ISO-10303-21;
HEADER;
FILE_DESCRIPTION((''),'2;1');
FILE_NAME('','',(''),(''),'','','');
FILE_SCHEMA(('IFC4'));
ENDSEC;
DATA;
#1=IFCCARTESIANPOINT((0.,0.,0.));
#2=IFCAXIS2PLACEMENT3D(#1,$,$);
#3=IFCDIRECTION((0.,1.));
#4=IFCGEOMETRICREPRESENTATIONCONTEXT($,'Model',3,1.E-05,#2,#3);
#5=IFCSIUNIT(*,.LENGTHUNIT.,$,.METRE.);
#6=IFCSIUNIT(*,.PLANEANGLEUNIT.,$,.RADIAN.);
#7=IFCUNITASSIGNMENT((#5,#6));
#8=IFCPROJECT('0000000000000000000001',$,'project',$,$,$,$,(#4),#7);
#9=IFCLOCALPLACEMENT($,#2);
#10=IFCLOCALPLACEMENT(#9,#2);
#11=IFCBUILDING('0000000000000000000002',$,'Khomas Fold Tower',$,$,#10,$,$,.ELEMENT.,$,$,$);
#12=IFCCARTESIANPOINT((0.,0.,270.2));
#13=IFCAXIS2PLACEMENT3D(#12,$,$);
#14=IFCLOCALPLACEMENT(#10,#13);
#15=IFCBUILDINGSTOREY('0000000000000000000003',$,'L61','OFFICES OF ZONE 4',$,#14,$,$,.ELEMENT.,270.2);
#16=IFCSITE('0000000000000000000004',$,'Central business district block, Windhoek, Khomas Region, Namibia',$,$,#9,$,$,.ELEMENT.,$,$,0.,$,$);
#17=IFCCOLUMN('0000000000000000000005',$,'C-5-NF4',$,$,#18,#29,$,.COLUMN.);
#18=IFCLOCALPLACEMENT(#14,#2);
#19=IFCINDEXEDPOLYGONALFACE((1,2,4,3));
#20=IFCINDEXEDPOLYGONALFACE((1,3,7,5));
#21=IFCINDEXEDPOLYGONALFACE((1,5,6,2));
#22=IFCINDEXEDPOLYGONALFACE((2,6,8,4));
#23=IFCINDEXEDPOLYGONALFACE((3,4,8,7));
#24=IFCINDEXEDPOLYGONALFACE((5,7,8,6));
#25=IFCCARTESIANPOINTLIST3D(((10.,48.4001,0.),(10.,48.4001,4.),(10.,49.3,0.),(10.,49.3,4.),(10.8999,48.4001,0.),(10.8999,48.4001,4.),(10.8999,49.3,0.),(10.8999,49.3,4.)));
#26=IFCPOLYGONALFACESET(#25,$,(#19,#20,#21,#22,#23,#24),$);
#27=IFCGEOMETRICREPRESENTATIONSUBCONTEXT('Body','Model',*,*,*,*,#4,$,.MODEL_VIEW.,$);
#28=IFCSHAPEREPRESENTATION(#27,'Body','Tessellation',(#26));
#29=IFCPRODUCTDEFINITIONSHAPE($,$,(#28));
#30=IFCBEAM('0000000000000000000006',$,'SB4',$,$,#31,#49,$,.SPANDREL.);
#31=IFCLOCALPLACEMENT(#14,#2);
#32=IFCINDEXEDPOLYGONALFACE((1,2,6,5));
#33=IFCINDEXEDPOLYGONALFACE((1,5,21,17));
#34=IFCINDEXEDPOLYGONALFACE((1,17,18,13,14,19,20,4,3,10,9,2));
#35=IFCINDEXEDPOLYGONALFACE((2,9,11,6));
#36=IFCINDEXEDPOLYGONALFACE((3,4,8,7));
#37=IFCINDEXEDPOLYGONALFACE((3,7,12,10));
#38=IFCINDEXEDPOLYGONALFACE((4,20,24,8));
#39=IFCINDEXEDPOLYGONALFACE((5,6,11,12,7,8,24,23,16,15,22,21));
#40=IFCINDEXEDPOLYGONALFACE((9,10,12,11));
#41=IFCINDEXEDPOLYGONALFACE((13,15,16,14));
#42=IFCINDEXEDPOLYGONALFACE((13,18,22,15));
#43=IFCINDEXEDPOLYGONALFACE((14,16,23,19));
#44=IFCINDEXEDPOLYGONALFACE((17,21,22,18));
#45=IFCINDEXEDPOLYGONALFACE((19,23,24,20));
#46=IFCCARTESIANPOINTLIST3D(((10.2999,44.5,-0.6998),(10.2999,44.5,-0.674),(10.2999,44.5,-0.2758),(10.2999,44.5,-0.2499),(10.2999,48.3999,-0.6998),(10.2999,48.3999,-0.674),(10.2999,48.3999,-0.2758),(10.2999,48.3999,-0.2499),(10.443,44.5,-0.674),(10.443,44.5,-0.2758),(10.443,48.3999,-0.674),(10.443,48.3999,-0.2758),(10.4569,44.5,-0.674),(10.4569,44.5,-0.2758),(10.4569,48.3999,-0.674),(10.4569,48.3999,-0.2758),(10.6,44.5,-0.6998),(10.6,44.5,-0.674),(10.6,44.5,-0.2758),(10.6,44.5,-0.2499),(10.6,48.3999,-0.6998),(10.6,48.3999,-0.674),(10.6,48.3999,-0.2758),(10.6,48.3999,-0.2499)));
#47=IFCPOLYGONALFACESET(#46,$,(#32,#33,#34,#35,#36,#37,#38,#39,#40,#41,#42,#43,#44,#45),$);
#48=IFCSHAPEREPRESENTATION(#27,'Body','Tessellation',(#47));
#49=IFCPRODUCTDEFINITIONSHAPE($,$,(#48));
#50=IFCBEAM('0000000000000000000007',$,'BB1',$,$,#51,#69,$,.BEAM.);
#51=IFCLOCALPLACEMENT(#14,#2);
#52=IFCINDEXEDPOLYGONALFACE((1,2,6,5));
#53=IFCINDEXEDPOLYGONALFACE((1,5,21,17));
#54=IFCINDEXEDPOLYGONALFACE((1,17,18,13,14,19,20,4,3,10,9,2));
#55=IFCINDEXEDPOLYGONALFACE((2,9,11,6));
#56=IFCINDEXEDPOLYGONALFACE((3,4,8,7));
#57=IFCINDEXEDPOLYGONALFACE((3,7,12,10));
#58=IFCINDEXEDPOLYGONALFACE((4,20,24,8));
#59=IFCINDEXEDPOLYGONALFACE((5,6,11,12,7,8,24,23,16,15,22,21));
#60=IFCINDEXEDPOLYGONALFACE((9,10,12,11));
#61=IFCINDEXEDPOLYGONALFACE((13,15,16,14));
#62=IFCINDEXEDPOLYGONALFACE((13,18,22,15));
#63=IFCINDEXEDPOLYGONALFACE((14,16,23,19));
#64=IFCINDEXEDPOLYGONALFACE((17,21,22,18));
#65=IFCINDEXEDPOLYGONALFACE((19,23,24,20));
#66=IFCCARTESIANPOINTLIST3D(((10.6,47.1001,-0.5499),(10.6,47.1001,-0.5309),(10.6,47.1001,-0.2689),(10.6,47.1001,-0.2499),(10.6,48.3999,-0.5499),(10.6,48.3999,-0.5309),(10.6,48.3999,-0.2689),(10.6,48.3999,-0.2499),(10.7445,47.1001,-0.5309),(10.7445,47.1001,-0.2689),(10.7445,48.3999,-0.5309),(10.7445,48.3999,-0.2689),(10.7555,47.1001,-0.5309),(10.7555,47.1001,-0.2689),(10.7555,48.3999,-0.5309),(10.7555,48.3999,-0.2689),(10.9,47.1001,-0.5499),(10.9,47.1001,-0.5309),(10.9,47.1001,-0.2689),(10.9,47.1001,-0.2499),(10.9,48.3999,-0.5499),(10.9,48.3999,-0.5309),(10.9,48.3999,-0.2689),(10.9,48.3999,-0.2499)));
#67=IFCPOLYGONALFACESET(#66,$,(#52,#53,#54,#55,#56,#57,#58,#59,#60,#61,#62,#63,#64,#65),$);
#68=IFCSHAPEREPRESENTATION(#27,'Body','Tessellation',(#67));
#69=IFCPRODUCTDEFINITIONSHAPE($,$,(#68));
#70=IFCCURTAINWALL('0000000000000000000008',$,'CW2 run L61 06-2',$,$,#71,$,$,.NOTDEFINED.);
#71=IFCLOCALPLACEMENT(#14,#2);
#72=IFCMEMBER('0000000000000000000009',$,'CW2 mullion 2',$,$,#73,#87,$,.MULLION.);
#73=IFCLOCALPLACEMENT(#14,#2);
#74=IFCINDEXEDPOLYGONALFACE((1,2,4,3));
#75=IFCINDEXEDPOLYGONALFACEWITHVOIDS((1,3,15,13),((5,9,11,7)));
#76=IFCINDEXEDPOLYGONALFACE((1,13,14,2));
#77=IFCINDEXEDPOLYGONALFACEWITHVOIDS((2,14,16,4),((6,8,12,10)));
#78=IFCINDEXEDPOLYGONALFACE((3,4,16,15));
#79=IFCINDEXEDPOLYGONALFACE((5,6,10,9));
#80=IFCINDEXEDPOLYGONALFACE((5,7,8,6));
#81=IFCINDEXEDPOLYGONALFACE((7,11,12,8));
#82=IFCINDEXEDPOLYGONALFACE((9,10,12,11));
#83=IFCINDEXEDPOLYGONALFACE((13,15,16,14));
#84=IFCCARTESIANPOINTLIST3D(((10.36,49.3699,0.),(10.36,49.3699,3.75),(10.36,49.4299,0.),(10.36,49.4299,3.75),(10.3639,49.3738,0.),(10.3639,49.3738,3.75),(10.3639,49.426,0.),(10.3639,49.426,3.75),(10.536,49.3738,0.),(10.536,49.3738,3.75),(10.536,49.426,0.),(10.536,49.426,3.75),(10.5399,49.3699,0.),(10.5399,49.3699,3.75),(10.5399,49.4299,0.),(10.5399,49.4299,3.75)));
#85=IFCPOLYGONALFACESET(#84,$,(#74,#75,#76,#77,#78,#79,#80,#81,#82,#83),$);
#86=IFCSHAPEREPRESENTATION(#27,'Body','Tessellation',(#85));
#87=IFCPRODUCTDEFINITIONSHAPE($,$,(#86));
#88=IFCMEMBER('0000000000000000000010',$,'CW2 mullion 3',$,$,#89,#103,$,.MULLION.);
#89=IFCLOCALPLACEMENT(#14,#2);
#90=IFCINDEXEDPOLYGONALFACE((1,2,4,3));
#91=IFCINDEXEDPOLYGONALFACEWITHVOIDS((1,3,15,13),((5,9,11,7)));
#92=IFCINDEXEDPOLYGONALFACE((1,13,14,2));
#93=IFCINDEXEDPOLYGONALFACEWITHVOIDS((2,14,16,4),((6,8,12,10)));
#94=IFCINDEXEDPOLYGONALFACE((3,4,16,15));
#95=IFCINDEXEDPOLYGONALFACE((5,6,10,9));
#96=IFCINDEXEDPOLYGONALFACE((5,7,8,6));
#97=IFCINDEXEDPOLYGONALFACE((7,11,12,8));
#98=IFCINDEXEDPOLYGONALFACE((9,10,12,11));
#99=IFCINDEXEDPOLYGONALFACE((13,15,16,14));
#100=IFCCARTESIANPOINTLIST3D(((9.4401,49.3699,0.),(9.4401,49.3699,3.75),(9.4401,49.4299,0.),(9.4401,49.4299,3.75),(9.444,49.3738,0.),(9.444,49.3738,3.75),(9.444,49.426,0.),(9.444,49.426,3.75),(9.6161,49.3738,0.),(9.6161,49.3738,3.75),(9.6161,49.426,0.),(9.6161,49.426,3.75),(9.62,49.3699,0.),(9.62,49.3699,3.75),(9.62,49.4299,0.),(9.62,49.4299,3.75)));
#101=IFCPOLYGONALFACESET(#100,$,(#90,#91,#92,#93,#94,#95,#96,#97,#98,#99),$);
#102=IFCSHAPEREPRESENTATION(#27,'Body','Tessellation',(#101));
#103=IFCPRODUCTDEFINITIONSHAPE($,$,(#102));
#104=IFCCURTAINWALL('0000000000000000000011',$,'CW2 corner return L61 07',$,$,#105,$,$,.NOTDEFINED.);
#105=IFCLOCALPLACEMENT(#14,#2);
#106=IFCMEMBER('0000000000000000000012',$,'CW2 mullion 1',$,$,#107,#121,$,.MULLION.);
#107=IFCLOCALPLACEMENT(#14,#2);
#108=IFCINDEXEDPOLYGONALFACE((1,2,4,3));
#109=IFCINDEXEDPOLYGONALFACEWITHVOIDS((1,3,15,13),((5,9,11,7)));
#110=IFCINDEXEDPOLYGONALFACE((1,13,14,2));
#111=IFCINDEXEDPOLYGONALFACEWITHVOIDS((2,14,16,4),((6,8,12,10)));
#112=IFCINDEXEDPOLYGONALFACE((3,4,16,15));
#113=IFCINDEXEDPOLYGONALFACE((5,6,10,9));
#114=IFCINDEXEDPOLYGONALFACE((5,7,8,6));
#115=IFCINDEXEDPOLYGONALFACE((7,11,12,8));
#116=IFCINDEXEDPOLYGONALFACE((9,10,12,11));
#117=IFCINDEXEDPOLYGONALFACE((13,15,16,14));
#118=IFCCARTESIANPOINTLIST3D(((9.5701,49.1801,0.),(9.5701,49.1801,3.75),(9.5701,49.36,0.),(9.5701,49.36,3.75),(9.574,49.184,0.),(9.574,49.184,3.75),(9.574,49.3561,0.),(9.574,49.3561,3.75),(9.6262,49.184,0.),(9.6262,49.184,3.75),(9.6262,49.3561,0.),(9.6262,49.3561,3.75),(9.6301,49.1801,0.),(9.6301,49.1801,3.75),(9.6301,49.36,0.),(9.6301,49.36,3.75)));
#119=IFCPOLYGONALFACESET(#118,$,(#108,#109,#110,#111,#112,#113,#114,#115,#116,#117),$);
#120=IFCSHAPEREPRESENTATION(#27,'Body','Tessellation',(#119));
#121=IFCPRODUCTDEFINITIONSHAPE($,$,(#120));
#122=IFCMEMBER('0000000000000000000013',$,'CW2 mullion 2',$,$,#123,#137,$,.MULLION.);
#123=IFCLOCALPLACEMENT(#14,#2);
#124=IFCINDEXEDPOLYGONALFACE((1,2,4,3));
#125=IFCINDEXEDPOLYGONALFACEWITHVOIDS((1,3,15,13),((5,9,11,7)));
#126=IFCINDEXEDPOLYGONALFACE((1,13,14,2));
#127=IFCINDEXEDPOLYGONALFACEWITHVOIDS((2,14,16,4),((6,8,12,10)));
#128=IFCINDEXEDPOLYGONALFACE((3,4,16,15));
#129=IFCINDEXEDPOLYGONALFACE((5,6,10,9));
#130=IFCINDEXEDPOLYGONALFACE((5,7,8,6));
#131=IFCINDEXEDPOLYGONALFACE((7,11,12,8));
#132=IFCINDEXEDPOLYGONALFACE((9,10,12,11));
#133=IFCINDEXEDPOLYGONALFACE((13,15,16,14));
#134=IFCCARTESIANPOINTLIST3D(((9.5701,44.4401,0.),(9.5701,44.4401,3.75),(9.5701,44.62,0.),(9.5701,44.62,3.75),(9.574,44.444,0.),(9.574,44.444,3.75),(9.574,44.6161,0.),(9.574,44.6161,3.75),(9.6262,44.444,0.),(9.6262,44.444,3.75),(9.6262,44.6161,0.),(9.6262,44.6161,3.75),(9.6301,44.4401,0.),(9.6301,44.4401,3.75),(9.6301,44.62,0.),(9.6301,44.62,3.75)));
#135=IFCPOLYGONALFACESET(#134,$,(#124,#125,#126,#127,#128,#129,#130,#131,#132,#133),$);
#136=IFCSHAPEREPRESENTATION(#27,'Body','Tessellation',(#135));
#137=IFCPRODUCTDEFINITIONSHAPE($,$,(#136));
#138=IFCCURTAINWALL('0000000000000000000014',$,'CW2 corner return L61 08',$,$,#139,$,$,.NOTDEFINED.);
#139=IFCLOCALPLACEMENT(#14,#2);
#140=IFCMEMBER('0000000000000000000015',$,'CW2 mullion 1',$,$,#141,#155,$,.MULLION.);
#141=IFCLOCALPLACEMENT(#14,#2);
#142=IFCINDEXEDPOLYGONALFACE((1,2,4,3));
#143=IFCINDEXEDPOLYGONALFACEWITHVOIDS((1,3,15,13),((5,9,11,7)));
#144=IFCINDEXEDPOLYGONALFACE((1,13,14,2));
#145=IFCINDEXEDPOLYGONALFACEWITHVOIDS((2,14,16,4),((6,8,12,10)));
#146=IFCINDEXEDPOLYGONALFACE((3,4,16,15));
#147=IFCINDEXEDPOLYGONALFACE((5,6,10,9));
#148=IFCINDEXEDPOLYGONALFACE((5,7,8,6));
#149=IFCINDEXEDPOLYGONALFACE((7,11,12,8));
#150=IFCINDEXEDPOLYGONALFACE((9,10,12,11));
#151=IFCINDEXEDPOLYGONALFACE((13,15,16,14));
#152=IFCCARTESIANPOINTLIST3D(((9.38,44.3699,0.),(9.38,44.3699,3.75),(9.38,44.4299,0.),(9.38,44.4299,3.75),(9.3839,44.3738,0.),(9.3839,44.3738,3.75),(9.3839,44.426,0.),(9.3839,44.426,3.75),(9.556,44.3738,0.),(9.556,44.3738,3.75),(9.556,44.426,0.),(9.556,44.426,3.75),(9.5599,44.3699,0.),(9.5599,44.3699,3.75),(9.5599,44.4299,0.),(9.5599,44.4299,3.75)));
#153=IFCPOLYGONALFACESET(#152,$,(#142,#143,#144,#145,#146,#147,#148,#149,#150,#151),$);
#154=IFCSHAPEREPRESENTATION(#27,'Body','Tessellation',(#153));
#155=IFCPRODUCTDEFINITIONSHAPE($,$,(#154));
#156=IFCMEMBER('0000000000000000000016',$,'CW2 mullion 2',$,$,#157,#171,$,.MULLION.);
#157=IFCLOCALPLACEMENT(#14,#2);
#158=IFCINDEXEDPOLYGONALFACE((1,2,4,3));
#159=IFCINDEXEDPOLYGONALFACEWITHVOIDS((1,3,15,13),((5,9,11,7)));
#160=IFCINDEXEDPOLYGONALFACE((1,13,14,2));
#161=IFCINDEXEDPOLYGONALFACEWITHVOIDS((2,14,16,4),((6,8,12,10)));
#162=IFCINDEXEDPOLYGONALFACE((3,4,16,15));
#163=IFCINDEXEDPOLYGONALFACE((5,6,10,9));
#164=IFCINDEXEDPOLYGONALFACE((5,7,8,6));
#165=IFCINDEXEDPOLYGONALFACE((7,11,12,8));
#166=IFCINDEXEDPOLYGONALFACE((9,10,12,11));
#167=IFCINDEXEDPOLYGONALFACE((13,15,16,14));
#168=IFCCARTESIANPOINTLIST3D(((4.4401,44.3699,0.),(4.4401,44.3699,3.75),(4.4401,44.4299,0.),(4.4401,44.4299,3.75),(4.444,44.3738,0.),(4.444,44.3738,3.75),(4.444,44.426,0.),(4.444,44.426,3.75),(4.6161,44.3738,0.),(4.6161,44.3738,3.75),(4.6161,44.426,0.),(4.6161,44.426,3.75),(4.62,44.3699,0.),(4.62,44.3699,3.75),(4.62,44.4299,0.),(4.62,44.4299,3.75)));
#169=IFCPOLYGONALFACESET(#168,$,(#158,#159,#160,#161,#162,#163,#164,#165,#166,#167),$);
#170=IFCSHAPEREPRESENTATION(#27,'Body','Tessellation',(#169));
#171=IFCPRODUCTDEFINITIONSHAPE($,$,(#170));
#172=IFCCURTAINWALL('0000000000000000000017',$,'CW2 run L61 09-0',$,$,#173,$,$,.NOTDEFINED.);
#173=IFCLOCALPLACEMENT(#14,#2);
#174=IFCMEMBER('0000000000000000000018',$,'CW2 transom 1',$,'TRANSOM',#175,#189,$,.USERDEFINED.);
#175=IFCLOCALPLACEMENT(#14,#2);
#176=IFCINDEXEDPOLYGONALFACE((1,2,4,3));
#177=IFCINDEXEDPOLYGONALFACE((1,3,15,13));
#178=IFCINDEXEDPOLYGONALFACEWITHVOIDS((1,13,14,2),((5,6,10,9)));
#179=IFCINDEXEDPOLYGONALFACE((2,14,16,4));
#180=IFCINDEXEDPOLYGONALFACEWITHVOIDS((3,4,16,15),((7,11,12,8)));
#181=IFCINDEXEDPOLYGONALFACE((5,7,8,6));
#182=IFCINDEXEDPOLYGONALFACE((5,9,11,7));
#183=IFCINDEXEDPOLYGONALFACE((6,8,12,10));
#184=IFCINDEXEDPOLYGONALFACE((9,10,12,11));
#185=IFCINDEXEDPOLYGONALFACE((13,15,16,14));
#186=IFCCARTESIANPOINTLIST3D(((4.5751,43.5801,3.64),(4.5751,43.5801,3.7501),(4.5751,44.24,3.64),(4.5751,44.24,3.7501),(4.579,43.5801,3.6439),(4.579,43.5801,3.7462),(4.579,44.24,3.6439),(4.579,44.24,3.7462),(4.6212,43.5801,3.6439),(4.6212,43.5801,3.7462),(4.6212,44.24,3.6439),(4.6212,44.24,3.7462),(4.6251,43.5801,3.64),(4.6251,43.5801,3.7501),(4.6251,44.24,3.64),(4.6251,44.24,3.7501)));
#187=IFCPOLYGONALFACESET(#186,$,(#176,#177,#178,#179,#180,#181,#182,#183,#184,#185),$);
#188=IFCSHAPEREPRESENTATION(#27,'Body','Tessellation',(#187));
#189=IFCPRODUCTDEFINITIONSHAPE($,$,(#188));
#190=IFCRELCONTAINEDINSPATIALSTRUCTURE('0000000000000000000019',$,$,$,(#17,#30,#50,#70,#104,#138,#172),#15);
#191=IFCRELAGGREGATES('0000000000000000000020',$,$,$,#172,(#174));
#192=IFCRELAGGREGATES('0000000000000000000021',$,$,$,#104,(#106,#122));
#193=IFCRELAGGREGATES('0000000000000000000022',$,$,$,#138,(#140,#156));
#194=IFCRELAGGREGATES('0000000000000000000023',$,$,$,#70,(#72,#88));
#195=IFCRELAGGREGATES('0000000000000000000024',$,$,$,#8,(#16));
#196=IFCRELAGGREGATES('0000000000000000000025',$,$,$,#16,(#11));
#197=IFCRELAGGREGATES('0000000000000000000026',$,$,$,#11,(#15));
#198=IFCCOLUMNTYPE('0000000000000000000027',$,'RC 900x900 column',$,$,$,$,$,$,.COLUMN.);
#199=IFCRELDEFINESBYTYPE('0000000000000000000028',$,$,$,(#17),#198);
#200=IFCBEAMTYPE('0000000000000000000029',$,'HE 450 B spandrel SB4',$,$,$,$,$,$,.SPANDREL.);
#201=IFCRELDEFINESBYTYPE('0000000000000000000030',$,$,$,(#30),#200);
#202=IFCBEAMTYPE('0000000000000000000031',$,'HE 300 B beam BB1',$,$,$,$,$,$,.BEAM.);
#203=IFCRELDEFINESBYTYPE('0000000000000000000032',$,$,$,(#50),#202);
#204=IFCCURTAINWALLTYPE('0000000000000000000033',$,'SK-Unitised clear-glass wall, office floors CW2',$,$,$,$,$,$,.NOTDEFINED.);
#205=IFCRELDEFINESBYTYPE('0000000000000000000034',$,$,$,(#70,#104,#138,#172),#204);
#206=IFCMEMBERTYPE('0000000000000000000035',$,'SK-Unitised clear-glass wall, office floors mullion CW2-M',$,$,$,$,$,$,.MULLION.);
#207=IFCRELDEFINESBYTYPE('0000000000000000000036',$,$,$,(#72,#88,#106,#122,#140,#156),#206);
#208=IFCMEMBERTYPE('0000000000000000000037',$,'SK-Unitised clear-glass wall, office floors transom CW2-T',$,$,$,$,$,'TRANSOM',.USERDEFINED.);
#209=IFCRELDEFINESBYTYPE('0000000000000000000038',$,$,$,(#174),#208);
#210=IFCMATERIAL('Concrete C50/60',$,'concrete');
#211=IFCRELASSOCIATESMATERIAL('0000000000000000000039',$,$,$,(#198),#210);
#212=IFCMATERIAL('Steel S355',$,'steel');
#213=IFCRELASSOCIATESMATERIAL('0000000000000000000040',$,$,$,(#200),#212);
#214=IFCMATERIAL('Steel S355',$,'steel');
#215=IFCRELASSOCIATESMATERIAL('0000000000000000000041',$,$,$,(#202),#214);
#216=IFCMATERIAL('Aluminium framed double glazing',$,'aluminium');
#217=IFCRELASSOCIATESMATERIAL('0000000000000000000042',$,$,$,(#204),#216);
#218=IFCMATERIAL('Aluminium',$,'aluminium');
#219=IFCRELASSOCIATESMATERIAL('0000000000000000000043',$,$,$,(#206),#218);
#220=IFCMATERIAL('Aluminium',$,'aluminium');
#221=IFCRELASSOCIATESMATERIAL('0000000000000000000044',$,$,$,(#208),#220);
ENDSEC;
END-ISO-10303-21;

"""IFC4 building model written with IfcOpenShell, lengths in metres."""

from ifc_helpers import new_model, si_unit, direction, frame, origin, origin_2d, place, context, subcontext, project, spatial, rectangle, hollow_rectangle, i_section, extrude, source, transform, mapped, material, material_profile, profile_set, type_object, element, aggregate, save


model = new_model("IFC4")

# Units and contexts
model_context = context("Model", 3, precision=1e-05, world=origin(), true_north=direction((0.0, 1.0)))
body_context = subcontext(model_context, "Body", "Model", "MODEL_VIEW")
ifc_project = project(units=[si_unit("LENGTHUNIT", "METRE"), si_unit("PLANEANGLEUNIT", "RADIAN")], contexts=[model_context])

# Site, building, storey
site_placement = place(None, origin())
site = spatial("IfcSite", under=ifc_project, at=site_placement, Name="Central business district block, Windhoek, Khomas Region, Namibia", CompositionType="ELEMENT", RefElevation=0.0)
building_placement = place(site_placement, origin())
building = spatial("IfcBuilding", under=site, at=building_placement, Name="Khomas Fold Tower", CompositionType="ELEMENT")
storey_placement = place(building_placement, frame((0.0, 0.0, 270.2)))
storey = spatial("IfcBuildingStorey", under=building, at=storey_placement, Name="L61", Description="OFFICES OF ZONE 4", CompositionType="ELEMENT", Elevation=270.2)

# Column
ifc_material_1 = material(Name="Concrete C50/60", Category="concrete")
ifc_material_profile_1 = material_profile(ifc_material_1, rectangle(XDim=0.8999, YDim=0.8999, at=origin_2d()), Name="RC 900x900")
ifc_profile_set_1 = profile_set([ifc_material_profile_1], Name="Concrete C50/60")
column_type = type_object("IfcColumnType", Name="RC 900x900 column", PredefinedType="COLUMN", material=ifc_profile_set_1)
shared_shape_1 = source(origin(), body_context, "Body", "SweptSolid", [
    extrude(rectangle(XDim=0.8999, YDim=0.8999, at=origin_2d()), origin(), (0.0, 0.0, 1.0), 4.0),
])
column_placement = place(storey_placement, frame((10.45, 48.8501, 0.0), z_axis=(0.0, 0.0, 1.0), x_axis=(1.0, 0.0, 0.0)))
element("IfcColumn", 1, at=column_placement, inside=storey, type_object=column_type, Name="C-5-NF4", PredefinedType="COLUMN", context=body_context, shape_type="MappedRepresentation", body=[
    mapped(shared_shape_1, transform((0.0, 0.0, 0.0))),
])

# Beams
ifc_material_2 = material(Name="Steel S355", Category="steel")
ifc_material_profile_2 = material_profile(ifc_material_2, i_section(OverallWidth=0.3, OverallDepth=0.45, WebThickness=0.0139, FlangeThickness=0.0259, at=origin_2d()), Name="HE 450 B")
ifc_profile_set_2 = profile_set([ifc_material_profile_2], Name="Steel S355")
beam_type_1 = type_object("IfcBeamType", Name="HE 450 B spandrel SB4", PredefinedType="SPANDREL", material=ifc_profile_set_2)
shared_shape_2 = source(origin(), body_context, "Body", "SweptSolid", [
    extrude(i_section(OverallWidth=0.3, OverallDepth=0.45, WebThickness=0.0139, FlangeThickness=0.0259, at=origin_2d()), origin(), (0.0, 0.0, 1.0), 3.8999),
])
beam_1_placement = place(storey_placement, frame((10.45, 44.5, -0.4749), z_axis=(0.0, 1.0, 0.0), x_axis=(-1.0, 0.0, 0.0)))
element("IfcBeam", 2, at=beam_1_placement, inside=storey, type_object=beam_type_1, Name="SB4", PredefinedType="SPANDREL", context=body_context, shape_type="MappedRepresentation", body=[
    mapped(shared_shape_2, transform((0.0, 0.0, 0.0))),
])
ifc_material_3 = material(Name="Steel S355", Category="steel")
ifc_material_profile_3 = material_profile(ifc_material_3, i_section(OverallWidth=0.3, OverallDepth=0.3, WebThickness=0.011, FlangeThickness=0.019, at=origin_2d()), Name="HE 300 B")
ifc_profile_set_3 = profile_set([ifc_material_profile_3], Name="Steel S355")
beam_type_2 = type_object("IfcBeamType", Name="HE 300 B beam BB1", PredefinedType="BEAM", material=ifc_profile_set_3)
shared_shape_3 = source(origin(), body_context, "Body", "SweptSolid", [
    extrude(i_section(OverallWidth=0.3, OverallDepth=0.3, WebThickness=0.011, FlangeThickness=0.019, at=origin_2d()), origin(), (0.0, 0.0, 1.0), 1.2998),
])
beam_2_placement = place(storey_placement, frame((10.75, 47.1001, -0.3999), z_axis=(0.0, 1.0, 0.0), x_axis=(-1.0, 0.0, 0.0)))
element("IfcBeam", 3, at=beam_2_placement, inside=storey, type_object=beam_type_2, Name="BB1", PredefinedType="BEAM", context=body_context, shape_type="MappedRepresentation", body=[
    mapped(shared_shape_3, transform((0.0, 0.0, 0.0))),
])

# Curtain walls, members
ifc_material_4 = material(Name="Aluminium framed double glazing", Category="aluminium")
curtain_wall_type = type_object("IfcCurtainWallType", Name="SK-Unitised clear-glass wall, office floors CW2", PredefinedType="NOTDEFINED", material=ifc_material_4)
curtain_wall_1_placement = place(storey_placement, origin())
curtain_wall_1 = element("IfcCurtainWall", 4, at=curtain_wall_1_placement, inside=storey, type_object=curtain_wall_type, Name="CW2 run L61 06-2", PredefinedType="NOTDEFINED")
ifc_material_5 = material(Name="Aluminium", Category="aluminium")
ifc_material_profile_4 = material_profile(ifc_material_5, hollow_rectangle(XDim=0.0601, YDim=0.1799, WallThickness=0.0039, at=origin_2d()), Name="SK-Unitised clear-glass wall, office floors mullion CW2-M")
ifc_profile_set_4 = profile_set([ifc_material_profile_4], Name="Aluminium")
member_type_1 = type_object("IfcMemberType", Name="SK-Unitised clear-glass wall, office floors mullion CW2-M", PredefinedType="MULLION", material=ifc_profile_set_4)
shared_shape_4 = source(origin(), body_context, "Body", "SweptSolid", [
    extrude(hollow_rectangle(XDim=0.0601, YDim=0.1799, WallThickness=0.0039, at=origin_2d()), origin(), (0.0, 0.0, 1.0), 3.75),
])
member_1_placement = place(storey_placement, frame((10.45, 49.3999, 0.0), z_axis=(0.0, 0.0, 1.0), x_axis=(0.0, -1.0, 0.0)))
member_1 = element("IfcMember", 5, at=member_1_placement, type_object=member_type_1, Name="CW2 mullion 2", PredefinedType="MULLION", context=body_context, shape_type="MappedRepresentation", body=[
    mapped(shared_shape_4, transform((0.0, 0.0, 0.0))),
])
member_2_placement = place(storey_placement, frame((9.53, 49.3999, 0.0), z_axis=(0.0, 0.0, 1.0), x_axis=(0.0, -1.0, 0.0)))
member_2 = element("IfcMember", 6, at=member_2_placement, type_object=member_type_1, Name="CW2 mullion 3", PredefinedType="MULLION", context=body_context, shape_type="MappedRepresentation", body=[
    mapped(shared_shape_4, transform((0.0, 0.0, 0.0))),
])
curtain_wall_2_placement = place(storey_placement, origin())
curtain_wall_2 = element("IfcCurtainWall", 7, at=curtain_wall_2_placement, inside=storey, type_object=curtain_wall_type, Name="CW2 corner return L61 07", PredefinedType="NOTDEFINED")
member_3_placement = place(storey_placement, frame((9.6001, 49.27, 0.0), z_axis=(0.0, 0.0, 1.0), x_axis=(1.0, 0.0, 0.0)))
member_3 = element("IfcMember", 8, at=member_3_placement, type_object=member_type_1, Name="CW2 mullion 1", PredefinedType="MULLION", context=body_context, shape_type="MappedRepresentation", body=[
    mapped(shared_shape_4, transform((0.0, 0.0, 0.0))),
])
member_4_placement = place(storey_placement, frame((9.6001, 44.53, 0.0), z_axis=(0.0, 0.0, 1.0), x_axis=(1.0, 0.0, 0.0)))
member_4 = element("IfcMember", 9, at=member_4_placement, type_object=member_type_1, Name="CW2 mullion 2", PredefinedType="MULLION", context=body_context, shape_type="MappedRepresentation", body=[
    mapped(shared_shape_4, transform((0.0, 0.0, 0.0))),
])
curtain_wall_3_placement = place(storey_placement, origin())
curtain_wall_3 = element("IfcCurtainWall", 10, at=curtain_wall_3_placement, inside=storey, type_object=curtain_wall_type, Name="CW2 corner return L61 08", PredefinedType="NOTDEFINED")
member_5_placement = place(storey_placement, frame((9.47, 44.3999, 0.0), z_axis=(0.0, 0.0, 1.0), x_axis=(0.0, -1.0, 0.0)))
member_5 = element("IfcMember", 11, at=member_5_placement, type_object=member_type_1, Name="CW2 mullion 1", PredefinedType="MULLION", context=body_context, shape_type="MappedRepresentation", body=[
    mapped(shared_shape_4, transform((0.0, 0.0, 0.0))),
])
member_6_placement = place(storey_placement, frame((4.53, 44.3999, 0.0), z_axis=(0.0, 0.0, 1.0), x_axis=(0.0, -1.0, 0.0)))
member_6 = element("IfcMember", 12, at=member_6_placement, type_object=member_type_1, Name="CW2 mullion 2", PredefinedType="MULLION", context=body_context, shape_type="MappedRepresentation", body=[
    mapped(shared_shape_4, transform((0.0, 0.0, 0.0))),
])

# Curtain wall, member
curtain_wall_4_placement = place(storey_placement, origin())
curtain_wall_4 = element("IfcCurtainWall", 13, at=curtain_wall_4_placement, inside=storey, type_object=curtain_wall_type, Name="CW2 run L61 09-0", PredefinedType="NOTDEFINED")
ifc_material_6 = material(Name="Aluminium", Category="aluminium")
ifc_material_profile_5 = material_profile(ifc_material_6, hollow_rectangle(XDim=0.05, YDim=0.1101, WallThickness=0.0039, at=origin_2d()), Name="SK-Unitised clear-glass wall, office floors transom CW2-T")
ifc_profile_set_5 = profile_set([ifc_material_profile_5], Name="Aluminium")
member_type_2 = type_object("IfcMemberType", Name="SK-Unitised clear-glass wall, office floors transom CW2-T", ElementType="TRANSOM", PredefinedType="USERDEFINED", material=ifc_profile_set_5)
shared_shape_5 = source(origin(), body_context, "Body", "SweptSolid", [
    extrude(hollow_rectangle(XDim=0.05, YDim=0.1101, WallThickness=0.0039, at=origin_2d()), origin(), (0.0, 0.0, 1.0), 0.6599),
])
member_7_placement = place(storey_placement, frame((4.6001, 44.24, 3.6951), z_axis=(0.0, -1.0, 0.0), x_axis=(1.0, 0.0, 0.0)))
member_7 = element("IfcMember", 14, at=member_7_placement, type_object=member_type_2, Name="CW2 transom 1", ObjectType="TRANSOM", PredefinedType="USERDEFINED", context=body_context, shape_type="MappedRepresentation", body=[
    mapped(shared_shape_5, transform((0.0, 0.0, 0.0))),
])

aggregate(curtain_wall_4, [member_7])
aggregate(curtain_wall_2, [member_3, member_4])
aggregate(curtain_wall_3, [member_5, member_6])
aggregate(curtain_wall_1, [member_1, member_2])

save(model, "model.ifc")
